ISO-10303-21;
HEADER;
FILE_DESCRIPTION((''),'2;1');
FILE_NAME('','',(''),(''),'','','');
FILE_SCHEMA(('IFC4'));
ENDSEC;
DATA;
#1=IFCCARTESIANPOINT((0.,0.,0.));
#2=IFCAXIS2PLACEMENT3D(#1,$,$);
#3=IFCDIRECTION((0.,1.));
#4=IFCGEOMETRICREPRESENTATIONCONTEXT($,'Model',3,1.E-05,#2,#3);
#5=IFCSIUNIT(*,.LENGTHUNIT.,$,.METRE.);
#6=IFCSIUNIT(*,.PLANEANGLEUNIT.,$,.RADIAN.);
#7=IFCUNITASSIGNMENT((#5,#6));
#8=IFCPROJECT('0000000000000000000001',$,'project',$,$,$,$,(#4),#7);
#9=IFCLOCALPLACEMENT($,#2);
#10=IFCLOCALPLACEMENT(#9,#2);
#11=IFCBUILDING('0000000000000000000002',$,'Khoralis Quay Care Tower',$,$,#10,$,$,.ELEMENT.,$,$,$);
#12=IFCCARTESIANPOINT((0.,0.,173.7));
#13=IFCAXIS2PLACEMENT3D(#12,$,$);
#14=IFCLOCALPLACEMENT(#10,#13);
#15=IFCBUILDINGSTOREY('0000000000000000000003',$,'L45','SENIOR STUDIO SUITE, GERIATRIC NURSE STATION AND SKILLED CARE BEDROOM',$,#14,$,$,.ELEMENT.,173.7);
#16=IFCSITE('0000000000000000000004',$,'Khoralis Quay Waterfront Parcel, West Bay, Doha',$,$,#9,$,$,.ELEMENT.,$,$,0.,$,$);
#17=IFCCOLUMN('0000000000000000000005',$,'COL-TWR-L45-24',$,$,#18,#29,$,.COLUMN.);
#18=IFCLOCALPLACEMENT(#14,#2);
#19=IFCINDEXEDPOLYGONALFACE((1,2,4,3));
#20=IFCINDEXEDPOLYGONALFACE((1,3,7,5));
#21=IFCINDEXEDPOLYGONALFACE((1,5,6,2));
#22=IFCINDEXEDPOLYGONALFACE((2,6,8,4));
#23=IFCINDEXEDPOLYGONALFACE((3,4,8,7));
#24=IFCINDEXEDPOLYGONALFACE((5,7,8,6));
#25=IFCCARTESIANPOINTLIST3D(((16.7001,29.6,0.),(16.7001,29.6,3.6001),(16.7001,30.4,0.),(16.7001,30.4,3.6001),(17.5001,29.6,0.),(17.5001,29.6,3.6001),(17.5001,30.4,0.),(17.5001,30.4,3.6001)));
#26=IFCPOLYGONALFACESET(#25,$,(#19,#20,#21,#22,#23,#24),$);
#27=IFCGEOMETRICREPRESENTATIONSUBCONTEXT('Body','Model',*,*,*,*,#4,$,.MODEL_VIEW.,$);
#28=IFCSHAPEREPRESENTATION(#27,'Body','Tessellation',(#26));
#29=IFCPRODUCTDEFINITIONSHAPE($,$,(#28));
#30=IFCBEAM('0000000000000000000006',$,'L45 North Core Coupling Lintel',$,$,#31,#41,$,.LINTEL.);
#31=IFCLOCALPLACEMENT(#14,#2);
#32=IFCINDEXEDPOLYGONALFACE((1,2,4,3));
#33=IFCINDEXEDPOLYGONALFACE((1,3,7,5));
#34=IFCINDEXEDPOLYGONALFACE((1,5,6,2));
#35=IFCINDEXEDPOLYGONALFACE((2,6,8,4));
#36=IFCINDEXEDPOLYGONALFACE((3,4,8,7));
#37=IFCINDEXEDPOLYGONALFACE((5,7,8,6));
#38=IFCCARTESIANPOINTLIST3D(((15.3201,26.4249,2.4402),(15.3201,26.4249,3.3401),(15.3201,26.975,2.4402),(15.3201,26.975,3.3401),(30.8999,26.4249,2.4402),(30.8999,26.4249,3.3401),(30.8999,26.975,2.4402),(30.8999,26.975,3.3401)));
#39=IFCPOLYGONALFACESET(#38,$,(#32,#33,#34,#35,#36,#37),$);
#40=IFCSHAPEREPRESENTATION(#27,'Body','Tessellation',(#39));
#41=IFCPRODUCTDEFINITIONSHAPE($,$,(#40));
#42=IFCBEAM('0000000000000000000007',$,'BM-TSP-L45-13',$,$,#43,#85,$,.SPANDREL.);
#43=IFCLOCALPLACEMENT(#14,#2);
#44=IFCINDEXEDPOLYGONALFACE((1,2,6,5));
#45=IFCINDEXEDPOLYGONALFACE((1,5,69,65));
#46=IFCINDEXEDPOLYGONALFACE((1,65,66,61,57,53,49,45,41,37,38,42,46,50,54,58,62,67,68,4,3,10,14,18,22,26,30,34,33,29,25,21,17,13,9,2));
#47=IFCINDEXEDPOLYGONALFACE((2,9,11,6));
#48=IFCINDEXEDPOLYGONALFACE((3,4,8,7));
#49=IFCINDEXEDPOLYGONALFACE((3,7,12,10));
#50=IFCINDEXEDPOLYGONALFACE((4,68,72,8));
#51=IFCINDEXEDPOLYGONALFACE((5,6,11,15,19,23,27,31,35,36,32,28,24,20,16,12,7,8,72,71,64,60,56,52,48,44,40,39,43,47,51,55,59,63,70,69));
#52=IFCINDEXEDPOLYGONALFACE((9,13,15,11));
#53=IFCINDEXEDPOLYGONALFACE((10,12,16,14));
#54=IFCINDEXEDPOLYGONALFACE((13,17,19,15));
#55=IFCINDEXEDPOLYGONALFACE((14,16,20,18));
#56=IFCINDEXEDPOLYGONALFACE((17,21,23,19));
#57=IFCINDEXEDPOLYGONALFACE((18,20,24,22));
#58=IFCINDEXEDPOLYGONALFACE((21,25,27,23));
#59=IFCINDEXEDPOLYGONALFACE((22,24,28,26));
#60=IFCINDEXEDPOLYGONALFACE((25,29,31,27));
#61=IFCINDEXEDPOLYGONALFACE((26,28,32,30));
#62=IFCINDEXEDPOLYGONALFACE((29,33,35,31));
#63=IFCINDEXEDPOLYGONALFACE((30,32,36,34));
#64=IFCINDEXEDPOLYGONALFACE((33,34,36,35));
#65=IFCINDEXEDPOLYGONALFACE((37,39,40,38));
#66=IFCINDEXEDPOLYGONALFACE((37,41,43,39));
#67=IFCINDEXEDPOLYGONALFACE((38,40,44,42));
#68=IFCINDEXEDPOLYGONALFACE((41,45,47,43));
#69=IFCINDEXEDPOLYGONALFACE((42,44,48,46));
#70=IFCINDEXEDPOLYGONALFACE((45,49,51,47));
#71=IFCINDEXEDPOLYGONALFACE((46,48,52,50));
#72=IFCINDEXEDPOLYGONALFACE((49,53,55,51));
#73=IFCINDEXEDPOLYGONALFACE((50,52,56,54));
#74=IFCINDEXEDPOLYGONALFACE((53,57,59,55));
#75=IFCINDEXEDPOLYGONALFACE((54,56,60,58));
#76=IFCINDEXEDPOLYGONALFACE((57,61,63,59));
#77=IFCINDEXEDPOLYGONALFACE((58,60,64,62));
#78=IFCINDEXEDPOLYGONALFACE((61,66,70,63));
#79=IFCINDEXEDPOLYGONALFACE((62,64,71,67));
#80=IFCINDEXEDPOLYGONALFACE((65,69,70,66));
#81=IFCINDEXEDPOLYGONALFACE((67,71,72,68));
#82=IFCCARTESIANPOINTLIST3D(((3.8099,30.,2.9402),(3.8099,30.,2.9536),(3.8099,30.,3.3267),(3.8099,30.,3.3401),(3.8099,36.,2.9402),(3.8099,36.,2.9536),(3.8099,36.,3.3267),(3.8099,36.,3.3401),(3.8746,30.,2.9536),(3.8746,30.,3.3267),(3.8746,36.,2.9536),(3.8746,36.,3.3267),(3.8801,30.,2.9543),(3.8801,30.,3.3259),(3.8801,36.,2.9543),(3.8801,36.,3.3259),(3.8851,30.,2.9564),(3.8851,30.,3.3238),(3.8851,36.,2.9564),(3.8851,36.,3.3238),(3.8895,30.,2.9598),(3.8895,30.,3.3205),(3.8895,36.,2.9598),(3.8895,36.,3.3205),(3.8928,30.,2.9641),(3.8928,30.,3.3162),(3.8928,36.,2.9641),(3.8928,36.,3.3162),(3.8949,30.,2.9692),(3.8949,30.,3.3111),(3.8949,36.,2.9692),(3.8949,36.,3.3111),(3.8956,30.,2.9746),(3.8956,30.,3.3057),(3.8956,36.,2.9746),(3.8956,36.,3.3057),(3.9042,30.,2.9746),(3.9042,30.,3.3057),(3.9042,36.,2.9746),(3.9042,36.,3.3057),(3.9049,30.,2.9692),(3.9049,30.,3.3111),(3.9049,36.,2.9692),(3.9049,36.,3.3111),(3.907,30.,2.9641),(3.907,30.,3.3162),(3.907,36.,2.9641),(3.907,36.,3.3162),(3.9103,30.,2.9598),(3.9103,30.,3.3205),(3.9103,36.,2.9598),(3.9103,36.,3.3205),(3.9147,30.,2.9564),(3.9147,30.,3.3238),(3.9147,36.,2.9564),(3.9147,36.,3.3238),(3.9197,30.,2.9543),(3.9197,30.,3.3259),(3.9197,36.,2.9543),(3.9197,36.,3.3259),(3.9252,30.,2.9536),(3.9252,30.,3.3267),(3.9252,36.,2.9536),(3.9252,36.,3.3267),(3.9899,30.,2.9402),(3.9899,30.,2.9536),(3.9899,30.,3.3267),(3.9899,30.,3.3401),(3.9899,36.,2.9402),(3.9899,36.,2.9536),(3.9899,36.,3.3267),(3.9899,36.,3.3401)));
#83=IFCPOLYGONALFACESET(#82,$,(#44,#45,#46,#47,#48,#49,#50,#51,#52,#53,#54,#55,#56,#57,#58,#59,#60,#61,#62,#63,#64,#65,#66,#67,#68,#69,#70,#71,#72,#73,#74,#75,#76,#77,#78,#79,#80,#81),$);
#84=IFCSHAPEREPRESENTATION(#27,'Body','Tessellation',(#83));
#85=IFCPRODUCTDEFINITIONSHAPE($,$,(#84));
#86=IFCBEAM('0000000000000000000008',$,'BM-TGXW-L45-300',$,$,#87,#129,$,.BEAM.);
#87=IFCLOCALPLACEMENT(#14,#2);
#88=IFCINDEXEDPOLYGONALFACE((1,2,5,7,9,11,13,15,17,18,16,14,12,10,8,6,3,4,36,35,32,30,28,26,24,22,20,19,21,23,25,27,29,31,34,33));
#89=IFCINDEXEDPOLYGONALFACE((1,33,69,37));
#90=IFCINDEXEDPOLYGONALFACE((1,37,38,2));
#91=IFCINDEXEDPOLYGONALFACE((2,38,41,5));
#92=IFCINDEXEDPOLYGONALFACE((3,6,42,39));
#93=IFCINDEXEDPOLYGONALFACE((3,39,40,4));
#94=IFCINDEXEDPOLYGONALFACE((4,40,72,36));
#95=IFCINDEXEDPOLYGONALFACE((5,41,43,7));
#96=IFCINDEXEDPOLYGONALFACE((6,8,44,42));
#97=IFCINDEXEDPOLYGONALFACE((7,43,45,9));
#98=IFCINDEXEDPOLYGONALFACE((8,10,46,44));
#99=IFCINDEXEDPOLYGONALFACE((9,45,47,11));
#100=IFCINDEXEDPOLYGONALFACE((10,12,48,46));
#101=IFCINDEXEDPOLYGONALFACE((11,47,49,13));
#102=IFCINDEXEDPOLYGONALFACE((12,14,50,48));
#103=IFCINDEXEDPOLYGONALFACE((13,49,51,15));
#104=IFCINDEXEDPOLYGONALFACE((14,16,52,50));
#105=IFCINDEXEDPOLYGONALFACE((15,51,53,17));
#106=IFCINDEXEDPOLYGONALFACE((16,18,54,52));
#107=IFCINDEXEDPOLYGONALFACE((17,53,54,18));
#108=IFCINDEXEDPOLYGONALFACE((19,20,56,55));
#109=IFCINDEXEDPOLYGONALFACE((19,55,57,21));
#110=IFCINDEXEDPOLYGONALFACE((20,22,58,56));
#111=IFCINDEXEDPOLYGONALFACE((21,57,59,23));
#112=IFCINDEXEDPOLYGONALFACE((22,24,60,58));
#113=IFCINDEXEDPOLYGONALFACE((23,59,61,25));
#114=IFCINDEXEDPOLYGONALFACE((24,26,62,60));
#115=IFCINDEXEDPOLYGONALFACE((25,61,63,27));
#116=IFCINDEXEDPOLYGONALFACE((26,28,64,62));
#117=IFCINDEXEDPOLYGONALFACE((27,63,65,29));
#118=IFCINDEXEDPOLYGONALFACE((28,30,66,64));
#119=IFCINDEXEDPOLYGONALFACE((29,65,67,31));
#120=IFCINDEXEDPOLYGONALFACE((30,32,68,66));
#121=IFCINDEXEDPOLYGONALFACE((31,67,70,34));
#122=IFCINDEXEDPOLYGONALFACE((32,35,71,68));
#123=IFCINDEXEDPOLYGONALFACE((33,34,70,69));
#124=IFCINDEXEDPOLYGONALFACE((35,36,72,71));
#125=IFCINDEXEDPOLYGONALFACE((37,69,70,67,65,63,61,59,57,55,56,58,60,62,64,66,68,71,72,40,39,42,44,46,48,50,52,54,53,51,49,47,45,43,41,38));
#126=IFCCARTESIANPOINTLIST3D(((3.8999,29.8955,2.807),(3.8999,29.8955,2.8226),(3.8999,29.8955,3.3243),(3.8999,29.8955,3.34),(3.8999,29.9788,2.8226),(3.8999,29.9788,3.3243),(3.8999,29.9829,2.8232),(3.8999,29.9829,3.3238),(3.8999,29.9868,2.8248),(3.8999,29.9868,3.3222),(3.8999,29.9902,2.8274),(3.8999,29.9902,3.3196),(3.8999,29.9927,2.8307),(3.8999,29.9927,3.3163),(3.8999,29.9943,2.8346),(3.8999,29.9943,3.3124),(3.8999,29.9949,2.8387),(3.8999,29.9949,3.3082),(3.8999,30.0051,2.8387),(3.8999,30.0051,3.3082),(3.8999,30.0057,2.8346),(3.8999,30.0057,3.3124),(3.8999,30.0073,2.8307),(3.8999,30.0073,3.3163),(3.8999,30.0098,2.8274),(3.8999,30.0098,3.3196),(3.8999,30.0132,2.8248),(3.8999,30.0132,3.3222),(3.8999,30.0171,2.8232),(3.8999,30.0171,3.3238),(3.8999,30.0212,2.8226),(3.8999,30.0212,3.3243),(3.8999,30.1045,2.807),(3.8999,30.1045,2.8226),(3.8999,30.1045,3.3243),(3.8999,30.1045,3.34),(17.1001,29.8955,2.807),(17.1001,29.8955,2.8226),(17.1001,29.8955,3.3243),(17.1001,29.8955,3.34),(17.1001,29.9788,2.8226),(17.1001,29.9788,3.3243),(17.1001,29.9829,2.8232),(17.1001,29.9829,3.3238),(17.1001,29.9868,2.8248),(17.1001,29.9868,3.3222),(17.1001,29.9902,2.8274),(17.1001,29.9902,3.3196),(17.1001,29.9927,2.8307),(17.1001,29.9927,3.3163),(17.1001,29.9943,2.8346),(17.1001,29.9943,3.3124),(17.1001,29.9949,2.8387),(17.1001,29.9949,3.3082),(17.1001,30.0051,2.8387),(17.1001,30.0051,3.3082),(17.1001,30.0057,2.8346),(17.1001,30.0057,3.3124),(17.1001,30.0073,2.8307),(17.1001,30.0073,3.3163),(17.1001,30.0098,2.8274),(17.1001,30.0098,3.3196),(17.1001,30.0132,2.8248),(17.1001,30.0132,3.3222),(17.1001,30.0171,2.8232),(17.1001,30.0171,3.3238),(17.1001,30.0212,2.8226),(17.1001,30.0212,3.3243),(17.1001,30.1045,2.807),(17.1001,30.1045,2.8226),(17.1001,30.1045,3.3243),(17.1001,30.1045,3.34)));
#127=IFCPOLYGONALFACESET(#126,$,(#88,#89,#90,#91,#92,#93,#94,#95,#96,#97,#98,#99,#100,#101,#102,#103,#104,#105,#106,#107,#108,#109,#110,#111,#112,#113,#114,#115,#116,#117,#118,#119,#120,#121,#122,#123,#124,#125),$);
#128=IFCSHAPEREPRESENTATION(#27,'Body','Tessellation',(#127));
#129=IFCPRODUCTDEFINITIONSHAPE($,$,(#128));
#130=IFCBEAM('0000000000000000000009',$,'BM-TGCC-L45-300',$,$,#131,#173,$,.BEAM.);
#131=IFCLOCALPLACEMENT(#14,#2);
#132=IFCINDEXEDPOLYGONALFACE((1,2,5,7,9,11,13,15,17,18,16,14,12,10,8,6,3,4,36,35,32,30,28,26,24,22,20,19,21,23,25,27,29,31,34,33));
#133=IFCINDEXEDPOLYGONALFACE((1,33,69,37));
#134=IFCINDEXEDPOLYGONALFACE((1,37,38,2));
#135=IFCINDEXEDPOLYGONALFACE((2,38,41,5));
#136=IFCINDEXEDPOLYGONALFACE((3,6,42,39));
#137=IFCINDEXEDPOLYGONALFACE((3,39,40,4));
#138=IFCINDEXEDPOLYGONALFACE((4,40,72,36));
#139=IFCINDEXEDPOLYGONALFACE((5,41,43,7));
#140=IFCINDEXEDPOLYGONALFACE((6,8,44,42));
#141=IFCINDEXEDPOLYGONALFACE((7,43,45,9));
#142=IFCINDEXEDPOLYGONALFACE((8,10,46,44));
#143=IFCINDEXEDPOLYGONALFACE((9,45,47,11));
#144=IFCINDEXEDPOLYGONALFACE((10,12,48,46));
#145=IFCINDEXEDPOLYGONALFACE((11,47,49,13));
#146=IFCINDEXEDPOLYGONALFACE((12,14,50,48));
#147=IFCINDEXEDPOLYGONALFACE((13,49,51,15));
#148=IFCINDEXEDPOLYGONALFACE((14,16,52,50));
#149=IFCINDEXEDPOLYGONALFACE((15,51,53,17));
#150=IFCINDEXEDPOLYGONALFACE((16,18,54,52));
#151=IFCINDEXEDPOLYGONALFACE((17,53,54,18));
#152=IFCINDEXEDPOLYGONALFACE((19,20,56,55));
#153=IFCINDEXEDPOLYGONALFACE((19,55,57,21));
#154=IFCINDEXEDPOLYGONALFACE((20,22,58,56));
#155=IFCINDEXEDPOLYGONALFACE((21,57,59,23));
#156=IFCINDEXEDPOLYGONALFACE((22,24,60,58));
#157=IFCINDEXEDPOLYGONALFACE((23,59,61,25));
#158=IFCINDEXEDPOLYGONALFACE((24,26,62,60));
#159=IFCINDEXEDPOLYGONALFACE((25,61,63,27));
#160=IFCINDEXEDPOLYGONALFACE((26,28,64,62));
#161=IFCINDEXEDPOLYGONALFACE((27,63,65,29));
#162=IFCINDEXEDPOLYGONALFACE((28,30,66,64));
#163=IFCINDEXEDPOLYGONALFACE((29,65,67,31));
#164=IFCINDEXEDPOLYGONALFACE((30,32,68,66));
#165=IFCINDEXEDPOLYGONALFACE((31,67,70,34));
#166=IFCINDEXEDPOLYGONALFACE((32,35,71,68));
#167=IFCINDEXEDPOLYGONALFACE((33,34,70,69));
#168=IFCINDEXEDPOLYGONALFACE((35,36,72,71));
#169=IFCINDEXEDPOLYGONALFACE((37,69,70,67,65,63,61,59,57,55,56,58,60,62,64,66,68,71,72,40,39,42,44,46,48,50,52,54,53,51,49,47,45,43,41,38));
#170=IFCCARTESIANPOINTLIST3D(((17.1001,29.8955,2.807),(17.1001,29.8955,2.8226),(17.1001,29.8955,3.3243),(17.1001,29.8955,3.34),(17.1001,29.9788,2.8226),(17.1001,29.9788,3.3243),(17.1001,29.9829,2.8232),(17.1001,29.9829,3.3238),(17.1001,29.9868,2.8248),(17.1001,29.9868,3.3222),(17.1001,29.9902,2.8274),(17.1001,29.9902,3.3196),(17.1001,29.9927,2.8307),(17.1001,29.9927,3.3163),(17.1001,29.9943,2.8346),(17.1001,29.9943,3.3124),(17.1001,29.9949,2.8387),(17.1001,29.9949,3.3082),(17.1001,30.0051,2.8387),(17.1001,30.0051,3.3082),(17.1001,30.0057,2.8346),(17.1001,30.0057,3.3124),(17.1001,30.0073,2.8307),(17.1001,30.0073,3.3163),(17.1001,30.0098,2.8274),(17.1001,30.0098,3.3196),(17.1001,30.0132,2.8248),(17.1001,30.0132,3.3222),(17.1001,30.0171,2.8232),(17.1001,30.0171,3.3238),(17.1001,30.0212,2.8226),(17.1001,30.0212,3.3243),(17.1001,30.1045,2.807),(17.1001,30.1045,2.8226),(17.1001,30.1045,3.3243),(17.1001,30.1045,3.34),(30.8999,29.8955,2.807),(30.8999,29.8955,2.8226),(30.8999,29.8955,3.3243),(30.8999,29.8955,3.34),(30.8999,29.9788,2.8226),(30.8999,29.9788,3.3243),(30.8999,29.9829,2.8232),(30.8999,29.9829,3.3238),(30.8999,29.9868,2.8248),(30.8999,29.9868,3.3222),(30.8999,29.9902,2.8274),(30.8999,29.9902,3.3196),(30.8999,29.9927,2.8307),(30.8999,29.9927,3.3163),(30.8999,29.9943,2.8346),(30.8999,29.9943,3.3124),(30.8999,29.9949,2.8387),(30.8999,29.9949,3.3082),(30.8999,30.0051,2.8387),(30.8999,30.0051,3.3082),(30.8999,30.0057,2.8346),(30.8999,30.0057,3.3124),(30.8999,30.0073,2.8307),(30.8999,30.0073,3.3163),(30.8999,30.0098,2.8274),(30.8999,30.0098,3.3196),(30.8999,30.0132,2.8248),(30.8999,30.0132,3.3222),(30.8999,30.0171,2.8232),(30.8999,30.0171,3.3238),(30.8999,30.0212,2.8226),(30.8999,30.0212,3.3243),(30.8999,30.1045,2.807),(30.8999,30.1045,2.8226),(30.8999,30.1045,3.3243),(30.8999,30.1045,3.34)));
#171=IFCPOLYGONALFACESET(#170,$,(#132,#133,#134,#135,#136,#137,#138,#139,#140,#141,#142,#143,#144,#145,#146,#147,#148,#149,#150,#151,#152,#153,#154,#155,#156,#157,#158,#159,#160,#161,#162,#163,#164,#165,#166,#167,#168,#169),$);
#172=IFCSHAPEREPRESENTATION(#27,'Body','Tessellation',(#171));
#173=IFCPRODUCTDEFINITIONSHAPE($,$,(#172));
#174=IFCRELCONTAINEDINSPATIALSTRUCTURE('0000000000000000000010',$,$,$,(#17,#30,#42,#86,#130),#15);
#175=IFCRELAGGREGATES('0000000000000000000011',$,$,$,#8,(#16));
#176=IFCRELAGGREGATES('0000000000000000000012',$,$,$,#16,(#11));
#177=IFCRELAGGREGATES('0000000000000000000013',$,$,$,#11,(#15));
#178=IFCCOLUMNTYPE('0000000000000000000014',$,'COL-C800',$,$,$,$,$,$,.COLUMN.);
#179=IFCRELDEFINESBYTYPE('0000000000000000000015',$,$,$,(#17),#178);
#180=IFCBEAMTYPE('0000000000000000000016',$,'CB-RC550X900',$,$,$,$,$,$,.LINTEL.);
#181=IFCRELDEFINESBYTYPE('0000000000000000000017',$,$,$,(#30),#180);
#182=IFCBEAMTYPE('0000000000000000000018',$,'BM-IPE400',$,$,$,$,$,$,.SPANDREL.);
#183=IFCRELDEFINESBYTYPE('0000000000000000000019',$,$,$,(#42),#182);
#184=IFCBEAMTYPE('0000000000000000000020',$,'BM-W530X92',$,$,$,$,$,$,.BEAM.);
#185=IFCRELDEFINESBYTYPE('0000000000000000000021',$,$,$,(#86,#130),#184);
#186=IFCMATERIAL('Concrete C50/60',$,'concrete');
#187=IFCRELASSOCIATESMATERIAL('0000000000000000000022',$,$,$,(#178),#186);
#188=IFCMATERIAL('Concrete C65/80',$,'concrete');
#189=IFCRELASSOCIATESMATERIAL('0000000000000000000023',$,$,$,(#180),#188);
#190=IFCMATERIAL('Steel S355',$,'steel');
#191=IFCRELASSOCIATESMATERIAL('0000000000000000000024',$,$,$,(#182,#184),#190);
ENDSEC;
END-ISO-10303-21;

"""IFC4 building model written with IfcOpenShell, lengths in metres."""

from ifc_helpers import new_model, si_unit, direction, frame, origin, origin_2d, place, context, subcontext, project, spatial, rectangle, i_section, extrude, source, transform, mapped, material, material_profile, profile_set, type_object, element, save


model = new_model("IFC4")

# Units and contexts
model_context = context("Model", 3, precision=1e-05, world=origin(), true_north=direction((0.0, 1.0)))
body_context = subcontext(model_context, "Body", "Model", "MODEL_VIEW")
ifc_project = project(units=[si_unit("LENGTHUNIT", "METRE"), si_unit("PLANEANGLEUNIT", "RADIAN")], contexts=[model_context])

# Site, building, storey
site_placement = place(None, origin())
site = spatial("IfcSite", under=ifc_project, at=site_placement, Name="Khoralis Quay Waterfront Parcel, West Bay, Doha", CompositionType="ELEMENT", RefElevation=0.0)
building_placement = place(site_placement, origin())
building = spatial("IfcBuilding", under=site, at=building_placement, Name="Khoralis Quay Care Tower", CompositionType="ELEMENT")
storey_placement = place(building_placement, frame((0.0, 0.0, 173.7)))
storey = spatial("IfcBuildingStorey", under=building, at=storey_placement, Name="L45", Description="SENIOR STUDIO SUITE, GERIATRIC NURSE STATION AND SKILLED CARE BEDROOM", CompositionType="ELEMENT", Elevation=173.7)

# Column
ifc_material_1 = material(Name="Concrete C50/60", Category="concrete")
ifc_material_profile_1 = material_profile(ifc_material_1, rectangle(XDim=0.8, YDim=0.8, at=origin_2d()), Name="Concrete C50/60")
ifc_profile_set_1 = profile_set([ifc_material_profile_1], Name="Concrete C50/60")
column_type = type_object("IfcColumnType", Name="COL-C800", PredefinedType="COLUMN", material=ifc_profile_set_1)
shared_shape_1 = source(origin(), body_context, "Body", "SweptSolid", [
    extrude(rectangle(XDim=0.8, YDim=0.8, at=origin_2d()), origin(), (0.0, 0.0, 1.0), 3.6001),
])
column_placement = place(storey_placement, frame((17.1001, 30.0, 0.0), z_axis=(0.0, 0.0, 1.0), x_axis=(1.0, 0.0, 0.0)))
element("IfcColumn", 1, at=column_placement, inside=storey, type_object=column_type, Name="COL-TWR-L45-24", PredefinedType="COLUMN", context=body_context, shape_type="MappedRepresentation", body=[
    mapped(shared_shape_1, transform((0.0, 0.0, 0.0), scale=1.0)),
])

# Beams
ifc_material_2 = material(Name="Concrete C65/80", Category="concrete")
ifc_material_profile_2 = material_profile(ifc_material_2, rectangle(XDim=0.55, YDim=0.8999, at=origin_2d()), Name="Concrete C65/80")
ifc_profile_set_2 = profile_set([ifc_material_profile_2], Name="Concrete C65/80")
beam_type_1 = type_object("IfcBeamType", Name="CB-RC550X900", PredefinedType="LINTEL", material=ifc_profile_set_2)
shared_shape_2 = source(origin(), body_context, "Body", "SweptSolid", [
    extrude(rectangle(XDim=0.55, YDim=0.8999, at=origin_2d()), origin(), (0.0, 0.0, 1.0), 15.5798),
])
beam_1_placement = place(storey_placement, frame((15.3201, 26.7, 2.8901), z_axis=(1.0, 0.0, 0.0), x_axis=(0.0, 1.0, 0.0)))
element("IfcBeam", 2, at=beam_1_placement, inside=storey, type_object=beam_type_1, Name="L45 North Core Coupling Lintel", PredefinedType="LINTEL", context=body_context, shape_type="MappedRepresentation", body=[
    mapped(shared_shape_2, transform((0.0, 0.0, 0.0), scale=1.0)),
])
ifc_material_3 = material(Name="Steel S355", Category="steel")
ifc_material_profile_3 = material_profile(ifc_material_3, i_section(OverallWidth=0.1799, OverallDepth=0.3999, WebThickness=0.0085, FlangeThickness=0.0134, FilletRadius=0.021, at=origin_2d()), Name="Steel S355")
ifc_profile_set_3 = profile_set([ifc_material_profile_3], Name="Steel S355")
beam_type_2 = type_object("IfcBeamType", Name="BM-IPE400", PredefinedType="SPANDREL", material=ifc_profile_set_3)
shared_shape_3 = source(origin(), body_context, "Body", "SweptSolid", [
    extrude(i_section(OverallWidth=0.1799, OverallDepth=0.3999, WebThickness=0.0085, FlangeThickness=0.0134, FilletRadius=0.021, at=origin_2d()), origin(), (0.0, 0.0, 1.0), 6.0),
])
beam_2_placement = place(storey_placement, frame((3.8999, 30.0, 3.1401), z_axis=(0.0, 1.0, 0.0), x_axis=(-1.0, 0.0, 0.0)))
element("IfcBeam", 3, at=beam_2_placement, inside=storey, type_object=beam_type_2, Name="BM-TSP-L45-13", PredefinedType="SPANDREL", context=body_context, shape_type="MappedRepresentation", body=[
    mapped(shared_shape_3, transform((0.0, 0.0, 0.0), scale=1.0)),
])
ifc_material_profile_4 = material_profile(ifc_material_3, i_section(OverallWidth=0.209, OverallDepth=0.533, WebThickness=0.0103, FlangeThickness=0.0156, FilletRadius=0.0161, at=origin_2d()), Name="Steel S355")
ifc_profile_set_4 = profile_set([ifc_material_profile_4], Name="Steel S355")
beam_type_3 = type_object("IfcBeamType", Name="BM-W530X92", PredefinedType="BEAM", material=ifc_profile_set_4)
shared_shape_4 = source(origin(), body_context, "Body", "SweptSolid", [
    extrude(i_section(OverallWidth=0.209, OverallDepth=0.533, WebThickness=0.0103, FlangeThickness=0.0156, FilletRadius=0.0161, at=origin_2d()), origin(), (0.0, 0.0, 1.0), 13.2002),
])
beam_3_placement = place(storey_placement, frame((3.8999, 30.0, 3.0735), z_axis=(1.0, 0.0, 0.0), x_axis=(0.0, 1.0, 0.0)))
element("IfcBeam", 4, at=beam_3_placement, inside=storey, type_object=beam_type_3, Name="BM-TGXW-L45-300", PredefinedType="BEAM", context=body_context, shape_type="MappedRepresentation", body=[
    mapped(shared_shape_4, transform((0.0, 0.0, 0.0), scale=1.0)),
])
shared_shape_5 = source(origin(), body_context, "Body", "SweptSolid", [
    extrude(i_section(OverallWidth=0.209, OverallDepth=0.533, WebThickness=0.0103, FlangeThickness=0.0156, FilletRadius=0.0161, at=origin_2d()), origin(), (0.0, 0.0, 1.0), 13.7998),
])
beam_4_placement = place(storey_placement, frame((17.1001, 30.0, 3.0735), z_axis=(1.0, 0.0, 0.0), x_axis=(0.0, 1.0, 0.0)))
element("IfcBeam", 5, at=beam_4_placement, inside=storey, type_object=beam_type_3, Name="BM-TGCC-L45-300", PredefinedType="BEAM", context=body_context, shape_type="MappedRepresentation", body=[
    mapped(shared_shape_5, transform((0.0, 0.0, 0.0), scale=1.0)),
])

save(model, "model.ifc")
